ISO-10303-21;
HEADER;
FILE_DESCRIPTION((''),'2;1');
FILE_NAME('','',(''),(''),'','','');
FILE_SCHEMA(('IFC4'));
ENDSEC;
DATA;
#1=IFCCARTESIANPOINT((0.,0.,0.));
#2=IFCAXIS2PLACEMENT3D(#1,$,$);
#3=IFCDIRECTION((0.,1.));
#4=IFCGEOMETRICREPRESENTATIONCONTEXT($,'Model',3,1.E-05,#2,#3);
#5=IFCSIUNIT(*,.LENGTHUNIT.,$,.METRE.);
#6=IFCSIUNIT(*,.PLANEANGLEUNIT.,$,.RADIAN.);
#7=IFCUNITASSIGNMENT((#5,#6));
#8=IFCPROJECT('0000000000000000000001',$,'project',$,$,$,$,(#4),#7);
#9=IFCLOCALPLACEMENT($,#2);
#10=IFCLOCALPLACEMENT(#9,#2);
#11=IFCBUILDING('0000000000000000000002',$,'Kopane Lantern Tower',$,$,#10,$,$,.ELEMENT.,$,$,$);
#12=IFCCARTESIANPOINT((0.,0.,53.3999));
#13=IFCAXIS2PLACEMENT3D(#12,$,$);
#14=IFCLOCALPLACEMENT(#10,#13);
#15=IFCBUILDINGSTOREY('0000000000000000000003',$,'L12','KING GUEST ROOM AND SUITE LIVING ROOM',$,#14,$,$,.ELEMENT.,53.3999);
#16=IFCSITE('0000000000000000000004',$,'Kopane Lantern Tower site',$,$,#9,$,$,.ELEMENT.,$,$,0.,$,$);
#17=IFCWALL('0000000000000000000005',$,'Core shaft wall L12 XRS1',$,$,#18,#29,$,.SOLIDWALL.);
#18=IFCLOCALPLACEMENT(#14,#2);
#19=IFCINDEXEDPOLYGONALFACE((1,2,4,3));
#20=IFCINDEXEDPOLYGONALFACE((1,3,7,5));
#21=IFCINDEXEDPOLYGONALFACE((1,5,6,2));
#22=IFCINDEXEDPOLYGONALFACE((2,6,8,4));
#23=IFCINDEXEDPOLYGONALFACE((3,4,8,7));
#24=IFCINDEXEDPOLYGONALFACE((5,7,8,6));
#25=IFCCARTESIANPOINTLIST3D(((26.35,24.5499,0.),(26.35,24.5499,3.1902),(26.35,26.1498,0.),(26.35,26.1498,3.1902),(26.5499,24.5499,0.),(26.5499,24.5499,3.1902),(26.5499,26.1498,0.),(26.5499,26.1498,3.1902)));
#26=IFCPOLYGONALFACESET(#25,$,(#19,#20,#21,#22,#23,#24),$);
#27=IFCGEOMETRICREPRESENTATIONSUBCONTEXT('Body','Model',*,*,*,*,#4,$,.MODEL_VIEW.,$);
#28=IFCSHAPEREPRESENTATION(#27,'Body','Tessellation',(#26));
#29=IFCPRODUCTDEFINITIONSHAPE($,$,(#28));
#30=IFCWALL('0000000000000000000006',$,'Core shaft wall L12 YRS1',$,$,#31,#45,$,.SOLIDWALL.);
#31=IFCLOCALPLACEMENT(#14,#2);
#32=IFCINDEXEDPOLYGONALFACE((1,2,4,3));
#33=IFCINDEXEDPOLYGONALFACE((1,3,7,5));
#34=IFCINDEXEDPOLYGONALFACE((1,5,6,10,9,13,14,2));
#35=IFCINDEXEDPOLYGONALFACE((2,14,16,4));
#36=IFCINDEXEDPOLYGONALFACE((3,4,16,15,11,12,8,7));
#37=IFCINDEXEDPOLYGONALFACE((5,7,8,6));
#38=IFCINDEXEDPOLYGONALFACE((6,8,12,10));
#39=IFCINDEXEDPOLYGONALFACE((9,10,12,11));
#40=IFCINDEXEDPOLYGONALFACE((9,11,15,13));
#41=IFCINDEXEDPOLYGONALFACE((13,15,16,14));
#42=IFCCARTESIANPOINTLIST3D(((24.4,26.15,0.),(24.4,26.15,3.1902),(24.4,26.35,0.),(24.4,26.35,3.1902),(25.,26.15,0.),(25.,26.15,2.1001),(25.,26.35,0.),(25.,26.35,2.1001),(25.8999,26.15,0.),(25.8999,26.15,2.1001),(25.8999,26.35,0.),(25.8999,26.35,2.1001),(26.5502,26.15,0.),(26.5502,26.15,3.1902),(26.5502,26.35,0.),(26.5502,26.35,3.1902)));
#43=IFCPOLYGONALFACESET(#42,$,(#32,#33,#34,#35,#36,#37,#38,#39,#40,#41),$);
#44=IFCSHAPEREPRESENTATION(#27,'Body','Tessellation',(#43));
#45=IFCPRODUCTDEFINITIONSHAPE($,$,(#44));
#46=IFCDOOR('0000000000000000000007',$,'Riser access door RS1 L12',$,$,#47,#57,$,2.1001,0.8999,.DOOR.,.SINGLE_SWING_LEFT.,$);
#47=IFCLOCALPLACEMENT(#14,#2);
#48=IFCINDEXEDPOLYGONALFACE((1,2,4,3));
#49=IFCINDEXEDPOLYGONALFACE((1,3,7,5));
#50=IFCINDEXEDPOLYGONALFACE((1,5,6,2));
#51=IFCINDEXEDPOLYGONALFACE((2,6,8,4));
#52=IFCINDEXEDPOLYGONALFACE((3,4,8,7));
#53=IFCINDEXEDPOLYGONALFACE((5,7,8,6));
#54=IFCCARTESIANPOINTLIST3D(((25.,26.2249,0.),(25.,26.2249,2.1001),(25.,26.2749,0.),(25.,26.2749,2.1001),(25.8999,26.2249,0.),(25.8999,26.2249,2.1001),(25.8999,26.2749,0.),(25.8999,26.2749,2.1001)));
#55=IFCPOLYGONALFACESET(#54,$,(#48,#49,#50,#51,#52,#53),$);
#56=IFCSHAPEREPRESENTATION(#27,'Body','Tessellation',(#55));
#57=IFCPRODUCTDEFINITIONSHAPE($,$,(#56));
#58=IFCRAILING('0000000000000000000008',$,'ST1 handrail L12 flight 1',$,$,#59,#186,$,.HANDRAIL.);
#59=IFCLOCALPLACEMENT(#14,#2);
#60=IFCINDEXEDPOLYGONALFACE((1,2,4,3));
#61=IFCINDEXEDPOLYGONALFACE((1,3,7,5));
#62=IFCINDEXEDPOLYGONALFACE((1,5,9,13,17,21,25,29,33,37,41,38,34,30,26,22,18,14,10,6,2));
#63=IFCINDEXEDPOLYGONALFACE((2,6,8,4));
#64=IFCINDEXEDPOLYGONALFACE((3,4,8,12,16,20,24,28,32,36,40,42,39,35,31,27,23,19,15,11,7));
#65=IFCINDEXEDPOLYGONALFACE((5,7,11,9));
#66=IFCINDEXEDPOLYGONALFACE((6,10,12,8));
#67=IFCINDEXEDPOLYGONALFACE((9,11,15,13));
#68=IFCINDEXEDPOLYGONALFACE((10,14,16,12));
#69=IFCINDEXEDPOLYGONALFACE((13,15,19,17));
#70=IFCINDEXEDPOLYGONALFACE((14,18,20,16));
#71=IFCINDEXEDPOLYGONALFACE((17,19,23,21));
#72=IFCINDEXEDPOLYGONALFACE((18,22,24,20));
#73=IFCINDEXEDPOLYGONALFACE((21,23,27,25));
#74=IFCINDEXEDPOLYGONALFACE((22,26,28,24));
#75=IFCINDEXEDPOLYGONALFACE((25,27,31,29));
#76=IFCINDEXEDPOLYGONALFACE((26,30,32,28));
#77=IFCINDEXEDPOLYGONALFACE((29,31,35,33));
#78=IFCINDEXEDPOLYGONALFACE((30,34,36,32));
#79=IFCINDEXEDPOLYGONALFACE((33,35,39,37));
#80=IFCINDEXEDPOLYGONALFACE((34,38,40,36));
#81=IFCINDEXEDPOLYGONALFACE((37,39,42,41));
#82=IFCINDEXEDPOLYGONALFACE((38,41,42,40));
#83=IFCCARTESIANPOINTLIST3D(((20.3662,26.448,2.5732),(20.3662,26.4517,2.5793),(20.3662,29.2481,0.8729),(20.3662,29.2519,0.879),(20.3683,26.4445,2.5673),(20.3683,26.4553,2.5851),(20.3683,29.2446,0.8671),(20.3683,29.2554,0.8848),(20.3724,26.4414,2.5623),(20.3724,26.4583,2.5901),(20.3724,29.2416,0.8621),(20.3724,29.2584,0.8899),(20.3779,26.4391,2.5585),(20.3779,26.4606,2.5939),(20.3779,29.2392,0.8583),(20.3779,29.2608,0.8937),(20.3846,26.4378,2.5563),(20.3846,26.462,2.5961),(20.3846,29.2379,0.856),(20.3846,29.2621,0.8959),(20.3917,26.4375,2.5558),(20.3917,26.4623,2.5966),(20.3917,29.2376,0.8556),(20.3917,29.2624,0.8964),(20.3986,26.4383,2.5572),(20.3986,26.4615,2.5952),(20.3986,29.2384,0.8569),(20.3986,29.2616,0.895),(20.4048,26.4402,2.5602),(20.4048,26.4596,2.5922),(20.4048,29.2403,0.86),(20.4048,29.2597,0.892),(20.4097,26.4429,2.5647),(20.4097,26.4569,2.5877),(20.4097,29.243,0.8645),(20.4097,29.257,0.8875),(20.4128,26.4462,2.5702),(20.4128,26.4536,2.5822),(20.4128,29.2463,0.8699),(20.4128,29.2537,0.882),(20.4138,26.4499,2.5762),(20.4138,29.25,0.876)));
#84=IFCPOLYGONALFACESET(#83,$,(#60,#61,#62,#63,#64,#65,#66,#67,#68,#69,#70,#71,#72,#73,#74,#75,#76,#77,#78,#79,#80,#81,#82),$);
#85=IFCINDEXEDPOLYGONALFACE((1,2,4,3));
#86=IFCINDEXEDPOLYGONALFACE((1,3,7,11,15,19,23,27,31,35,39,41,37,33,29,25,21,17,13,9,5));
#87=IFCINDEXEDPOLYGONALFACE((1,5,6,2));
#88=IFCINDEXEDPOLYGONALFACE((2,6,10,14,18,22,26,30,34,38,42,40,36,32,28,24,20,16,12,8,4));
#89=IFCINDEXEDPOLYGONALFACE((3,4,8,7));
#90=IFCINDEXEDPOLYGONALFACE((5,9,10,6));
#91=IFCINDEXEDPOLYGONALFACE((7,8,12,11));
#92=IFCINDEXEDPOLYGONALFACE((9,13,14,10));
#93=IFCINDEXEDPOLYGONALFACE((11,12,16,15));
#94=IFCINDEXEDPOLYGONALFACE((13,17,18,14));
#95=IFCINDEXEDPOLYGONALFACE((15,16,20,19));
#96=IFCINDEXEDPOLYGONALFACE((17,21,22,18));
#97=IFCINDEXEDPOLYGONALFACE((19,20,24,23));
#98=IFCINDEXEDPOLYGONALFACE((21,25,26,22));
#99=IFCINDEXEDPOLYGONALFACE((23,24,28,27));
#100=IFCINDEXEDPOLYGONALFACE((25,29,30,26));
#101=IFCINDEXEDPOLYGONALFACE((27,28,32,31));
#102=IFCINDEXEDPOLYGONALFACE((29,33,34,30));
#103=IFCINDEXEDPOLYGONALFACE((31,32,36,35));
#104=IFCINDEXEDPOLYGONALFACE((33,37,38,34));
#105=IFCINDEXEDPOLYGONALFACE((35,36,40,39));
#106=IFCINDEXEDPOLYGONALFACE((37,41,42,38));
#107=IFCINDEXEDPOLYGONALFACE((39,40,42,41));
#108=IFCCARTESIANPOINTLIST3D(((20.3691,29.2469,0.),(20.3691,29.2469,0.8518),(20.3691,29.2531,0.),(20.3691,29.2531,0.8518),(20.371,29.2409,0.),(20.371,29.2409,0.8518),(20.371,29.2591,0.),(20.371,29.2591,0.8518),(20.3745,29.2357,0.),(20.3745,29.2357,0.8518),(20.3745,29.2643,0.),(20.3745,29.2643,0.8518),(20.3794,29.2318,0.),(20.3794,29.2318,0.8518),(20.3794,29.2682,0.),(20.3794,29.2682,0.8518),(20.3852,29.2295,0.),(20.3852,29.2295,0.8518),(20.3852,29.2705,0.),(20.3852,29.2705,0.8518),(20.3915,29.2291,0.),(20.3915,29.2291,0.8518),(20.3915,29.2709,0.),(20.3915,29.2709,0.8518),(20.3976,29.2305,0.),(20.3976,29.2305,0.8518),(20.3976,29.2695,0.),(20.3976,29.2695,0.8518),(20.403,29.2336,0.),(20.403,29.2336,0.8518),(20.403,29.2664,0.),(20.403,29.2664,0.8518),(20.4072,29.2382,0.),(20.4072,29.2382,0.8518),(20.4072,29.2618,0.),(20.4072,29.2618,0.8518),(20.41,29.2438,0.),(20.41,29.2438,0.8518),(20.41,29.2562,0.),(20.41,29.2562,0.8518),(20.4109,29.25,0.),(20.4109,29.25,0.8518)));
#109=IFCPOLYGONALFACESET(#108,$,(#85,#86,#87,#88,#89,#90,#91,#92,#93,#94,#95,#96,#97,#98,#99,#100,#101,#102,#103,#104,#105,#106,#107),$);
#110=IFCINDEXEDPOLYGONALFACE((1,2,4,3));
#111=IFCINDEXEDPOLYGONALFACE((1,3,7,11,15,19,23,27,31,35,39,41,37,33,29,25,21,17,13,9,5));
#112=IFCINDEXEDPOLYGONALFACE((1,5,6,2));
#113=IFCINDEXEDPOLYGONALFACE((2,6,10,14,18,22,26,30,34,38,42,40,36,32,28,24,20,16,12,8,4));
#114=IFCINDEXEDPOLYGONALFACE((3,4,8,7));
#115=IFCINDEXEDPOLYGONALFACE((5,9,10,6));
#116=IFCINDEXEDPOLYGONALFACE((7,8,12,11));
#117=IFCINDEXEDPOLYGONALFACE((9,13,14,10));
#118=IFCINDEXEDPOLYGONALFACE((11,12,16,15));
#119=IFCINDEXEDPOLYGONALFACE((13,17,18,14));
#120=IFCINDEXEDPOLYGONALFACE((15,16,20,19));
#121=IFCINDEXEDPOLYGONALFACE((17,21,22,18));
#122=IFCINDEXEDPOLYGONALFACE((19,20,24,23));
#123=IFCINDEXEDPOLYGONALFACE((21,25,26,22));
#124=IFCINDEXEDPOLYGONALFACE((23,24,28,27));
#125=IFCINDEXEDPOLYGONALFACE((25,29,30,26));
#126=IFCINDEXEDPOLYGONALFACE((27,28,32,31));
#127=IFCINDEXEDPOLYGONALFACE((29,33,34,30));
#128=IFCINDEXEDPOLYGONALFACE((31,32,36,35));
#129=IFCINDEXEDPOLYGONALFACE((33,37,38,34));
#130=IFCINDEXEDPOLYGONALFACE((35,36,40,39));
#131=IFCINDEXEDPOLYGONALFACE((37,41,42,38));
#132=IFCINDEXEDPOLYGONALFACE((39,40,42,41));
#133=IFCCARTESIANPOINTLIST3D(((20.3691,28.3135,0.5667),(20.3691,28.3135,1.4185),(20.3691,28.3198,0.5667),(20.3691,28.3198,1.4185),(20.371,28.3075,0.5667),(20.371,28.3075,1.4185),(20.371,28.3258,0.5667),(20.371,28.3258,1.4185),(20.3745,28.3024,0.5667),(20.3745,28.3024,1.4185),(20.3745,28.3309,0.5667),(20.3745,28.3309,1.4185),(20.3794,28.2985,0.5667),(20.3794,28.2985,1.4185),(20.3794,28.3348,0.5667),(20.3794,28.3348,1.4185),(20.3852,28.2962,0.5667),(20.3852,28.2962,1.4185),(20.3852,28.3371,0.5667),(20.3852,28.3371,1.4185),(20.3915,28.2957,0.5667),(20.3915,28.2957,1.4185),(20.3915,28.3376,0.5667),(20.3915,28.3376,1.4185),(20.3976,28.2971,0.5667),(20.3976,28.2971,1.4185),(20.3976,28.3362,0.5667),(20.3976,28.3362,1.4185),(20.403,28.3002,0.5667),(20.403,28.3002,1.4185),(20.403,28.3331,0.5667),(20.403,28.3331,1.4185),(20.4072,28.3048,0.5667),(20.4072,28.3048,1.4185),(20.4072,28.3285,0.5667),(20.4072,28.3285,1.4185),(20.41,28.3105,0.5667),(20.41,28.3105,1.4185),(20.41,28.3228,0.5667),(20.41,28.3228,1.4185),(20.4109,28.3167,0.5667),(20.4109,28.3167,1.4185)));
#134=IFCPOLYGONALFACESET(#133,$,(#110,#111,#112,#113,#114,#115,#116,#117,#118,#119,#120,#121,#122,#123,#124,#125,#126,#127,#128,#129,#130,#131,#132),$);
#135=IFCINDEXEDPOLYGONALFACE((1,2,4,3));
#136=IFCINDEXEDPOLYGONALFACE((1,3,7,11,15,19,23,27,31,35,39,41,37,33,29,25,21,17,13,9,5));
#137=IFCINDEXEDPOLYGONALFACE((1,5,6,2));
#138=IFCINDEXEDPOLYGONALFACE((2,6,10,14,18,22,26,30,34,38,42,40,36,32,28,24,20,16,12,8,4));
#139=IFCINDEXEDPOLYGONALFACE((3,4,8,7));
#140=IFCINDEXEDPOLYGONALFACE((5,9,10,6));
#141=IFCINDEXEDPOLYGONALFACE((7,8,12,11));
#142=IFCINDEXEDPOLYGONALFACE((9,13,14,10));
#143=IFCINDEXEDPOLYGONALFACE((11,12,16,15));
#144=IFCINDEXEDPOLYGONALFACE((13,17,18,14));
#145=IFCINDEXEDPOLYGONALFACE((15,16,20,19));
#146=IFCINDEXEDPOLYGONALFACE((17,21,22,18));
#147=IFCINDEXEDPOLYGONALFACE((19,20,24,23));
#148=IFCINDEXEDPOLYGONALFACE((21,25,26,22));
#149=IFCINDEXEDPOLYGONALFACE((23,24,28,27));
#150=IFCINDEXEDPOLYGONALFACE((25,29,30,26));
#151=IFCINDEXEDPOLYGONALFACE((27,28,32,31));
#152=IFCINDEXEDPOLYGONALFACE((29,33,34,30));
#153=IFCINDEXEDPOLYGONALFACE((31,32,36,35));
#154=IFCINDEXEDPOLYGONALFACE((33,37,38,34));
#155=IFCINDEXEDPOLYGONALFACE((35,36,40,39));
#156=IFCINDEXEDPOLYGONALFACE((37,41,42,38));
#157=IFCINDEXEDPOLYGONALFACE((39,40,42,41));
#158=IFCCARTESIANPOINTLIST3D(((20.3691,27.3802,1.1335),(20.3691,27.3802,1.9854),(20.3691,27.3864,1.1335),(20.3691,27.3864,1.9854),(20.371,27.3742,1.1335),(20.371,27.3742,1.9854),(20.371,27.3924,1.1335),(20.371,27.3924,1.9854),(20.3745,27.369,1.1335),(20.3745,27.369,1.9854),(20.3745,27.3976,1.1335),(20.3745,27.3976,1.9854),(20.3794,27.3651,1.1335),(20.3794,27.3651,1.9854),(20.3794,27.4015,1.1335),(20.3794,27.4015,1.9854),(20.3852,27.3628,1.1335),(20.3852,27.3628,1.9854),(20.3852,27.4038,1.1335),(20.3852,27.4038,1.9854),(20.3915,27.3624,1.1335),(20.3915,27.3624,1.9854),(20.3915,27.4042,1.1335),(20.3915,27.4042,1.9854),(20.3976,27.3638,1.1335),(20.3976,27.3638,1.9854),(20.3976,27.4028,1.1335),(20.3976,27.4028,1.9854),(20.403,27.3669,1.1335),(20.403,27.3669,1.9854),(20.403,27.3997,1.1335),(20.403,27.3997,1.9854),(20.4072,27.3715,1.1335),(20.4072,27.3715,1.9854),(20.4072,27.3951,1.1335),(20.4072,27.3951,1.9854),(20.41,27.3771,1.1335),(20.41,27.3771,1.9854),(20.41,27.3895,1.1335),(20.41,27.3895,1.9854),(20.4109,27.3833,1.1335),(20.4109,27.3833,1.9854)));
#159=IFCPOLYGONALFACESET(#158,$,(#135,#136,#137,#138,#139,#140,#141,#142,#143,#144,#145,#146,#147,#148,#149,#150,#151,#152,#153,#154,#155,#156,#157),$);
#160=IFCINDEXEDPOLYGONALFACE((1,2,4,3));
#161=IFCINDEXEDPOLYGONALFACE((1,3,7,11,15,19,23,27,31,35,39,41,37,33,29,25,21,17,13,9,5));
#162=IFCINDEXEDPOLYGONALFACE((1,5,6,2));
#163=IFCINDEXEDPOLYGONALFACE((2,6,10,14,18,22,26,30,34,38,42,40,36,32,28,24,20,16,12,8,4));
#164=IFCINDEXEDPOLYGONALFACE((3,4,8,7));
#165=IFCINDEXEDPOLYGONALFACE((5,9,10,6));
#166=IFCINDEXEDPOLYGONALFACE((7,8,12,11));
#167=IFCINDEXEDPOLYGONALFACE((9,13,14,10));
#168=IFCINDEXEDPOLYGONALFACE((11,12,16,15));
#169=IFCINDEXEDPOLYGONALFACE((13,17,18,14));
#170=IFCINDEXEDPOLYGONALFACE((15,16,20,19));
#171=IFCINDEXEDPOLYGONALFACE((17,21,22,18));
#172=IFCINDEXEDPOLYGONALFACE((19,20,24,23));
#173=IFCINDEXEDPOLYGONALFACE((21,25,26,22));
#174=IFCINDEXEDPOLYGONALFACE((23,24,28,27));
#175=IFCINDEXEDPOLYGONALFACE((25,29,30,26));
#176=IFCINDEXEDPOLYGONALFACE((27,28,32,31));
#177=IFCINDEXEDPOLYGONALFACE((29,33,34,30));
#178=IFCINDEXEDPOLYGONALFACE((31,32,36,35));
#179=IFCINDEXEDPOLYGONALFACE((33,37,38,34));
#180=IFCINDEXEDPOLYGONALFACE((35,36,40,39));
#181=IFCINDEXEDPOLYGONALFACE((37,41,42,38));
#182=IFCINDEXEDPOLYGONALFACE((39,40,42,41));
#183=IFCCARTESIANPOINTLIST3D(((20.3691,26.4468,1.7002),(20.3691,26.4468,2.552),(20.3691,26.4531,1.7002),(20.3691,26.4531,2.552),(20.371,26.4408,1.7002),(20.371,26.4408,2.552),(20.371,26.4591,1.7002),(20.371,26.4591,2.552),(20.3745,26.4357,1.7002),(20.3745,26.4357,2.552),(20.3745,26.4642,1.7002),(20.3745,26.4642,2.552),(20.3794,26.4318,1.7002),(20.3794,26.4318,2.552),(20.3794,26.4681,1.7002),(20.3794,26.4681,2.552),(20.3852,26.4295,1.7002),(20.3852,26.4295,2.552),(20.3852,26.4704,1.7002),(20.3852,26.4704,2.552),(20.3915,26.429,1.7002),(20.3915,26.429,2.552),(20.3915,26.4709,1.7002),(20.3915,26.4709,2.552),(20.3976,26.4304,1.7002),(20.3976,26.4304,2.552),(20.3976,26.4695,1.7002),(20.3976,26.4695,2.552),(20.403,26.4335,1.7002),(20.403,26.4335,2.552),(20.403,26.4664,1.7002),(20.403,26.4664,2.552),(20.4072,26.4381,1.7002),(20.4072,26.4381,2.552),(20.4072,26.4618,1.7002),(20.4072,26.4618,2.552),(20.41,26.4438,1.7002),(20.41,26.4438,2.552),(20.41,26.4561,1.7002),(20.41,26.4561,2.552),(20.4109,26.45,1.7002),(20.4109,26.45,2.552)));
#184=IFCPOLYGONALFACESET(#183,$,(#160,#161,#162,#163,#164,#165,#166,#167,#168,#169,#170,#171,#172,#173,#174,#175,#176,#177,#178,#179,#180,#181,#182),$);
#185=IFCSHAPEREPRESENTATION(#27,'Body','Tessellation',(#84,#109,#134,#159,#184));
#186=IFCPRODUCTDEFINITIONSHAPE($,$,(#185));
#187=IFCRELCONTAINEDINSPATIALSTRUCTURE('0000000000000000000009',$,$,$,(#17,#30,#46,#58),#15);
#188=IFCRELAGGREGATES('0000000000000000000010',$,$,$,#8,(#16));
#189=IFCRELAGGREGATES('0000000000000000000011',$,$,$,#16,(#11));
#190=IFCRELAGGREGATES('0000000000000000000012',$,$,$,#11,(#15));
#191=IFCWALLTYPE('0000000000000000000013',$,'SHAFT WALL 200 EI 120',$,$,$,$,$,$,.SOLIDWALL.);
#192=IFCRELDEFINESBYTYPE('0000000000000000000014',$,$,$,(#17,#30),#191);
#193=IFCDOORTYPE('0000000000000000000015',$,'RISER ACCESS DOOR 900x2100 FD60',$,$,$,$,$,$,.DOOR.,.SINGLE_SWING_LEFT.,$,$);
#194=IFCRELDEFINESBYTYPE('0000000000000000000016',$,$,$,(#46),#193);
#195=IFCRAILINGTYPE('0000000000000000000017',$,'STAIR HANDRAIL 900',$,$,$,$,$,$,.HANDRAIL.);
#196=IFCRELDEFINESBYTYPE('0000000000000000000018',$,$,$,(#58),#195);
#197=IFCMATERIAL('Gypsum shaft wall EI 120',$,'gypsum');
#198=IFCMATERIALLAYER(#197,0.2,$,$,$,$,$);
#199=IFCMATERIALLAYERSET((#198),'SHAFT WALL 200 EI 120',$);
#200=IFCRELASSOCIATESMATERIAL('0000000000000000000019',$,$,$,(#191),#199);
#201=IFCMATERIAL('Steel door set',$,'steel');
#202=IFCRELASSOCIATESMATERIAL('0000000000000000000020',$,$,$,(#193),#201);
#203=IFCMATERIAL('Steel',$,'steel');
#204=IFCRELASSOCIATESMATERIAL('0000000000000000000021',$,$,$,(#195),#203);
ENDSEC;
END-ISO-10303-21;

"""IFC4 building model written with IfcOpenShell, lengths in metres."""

from ifc_helpers import new_model, si_unit, direction, frame, frame_2d, origin, origin_2d, place, context, subcontext, project, spatial, rectangle, circle, extrude, material, layer, layer_set, type_object, element, fill, save


model = new_model("IFC4")

# Units and contexts
model_context = context("Model", 3, precision=1e-05, world=origin(), true_north=direction((0.0, 1.0)))
body_context = subcontext(model_context, "Body", "Model", "MODEL_VIEW")
ifc_project = project(units=[si_unit("LENGTHUNIT", "METRE"), si_unit("PLANEANGLEUNIT", "RADIAN")], contexts=[model_context])

# Site, building, storey
site_placement = place(None, origin())
site = spatial("IfcSite", under=ifc_project, at=site_placement, Name="Kopane Lantern Tower site", CompositionType="ELEMENT", RefElevation=0.0)
building_placement = place(site_placement, origin())
building = spatial("IfcBuilding", under=site, at=building_placement, Name="Kopane Lantern Tower", CompositionType="ELEMENT")
storey_placement = place(building_placement, frame((0.0, 0.0, 53.3999)))
storey = spatial("IfcBuildingStorey", under=building, at=storey_placement, Name="L12", Description="KING GUEST ROOM AND SUITE LIVING ROOM", CompositionType="ELEMENT", Elevation=53.3999)

# Shared definitions
ifc_material_1 = material(Name="Gypsum shaft wall EI 120", Category="gypsum")
ifc_layer_1 = layer(ifc_material_1, 0.2)
ifc_layer_set_1 = layer_set([ifc_layer_1], Name="SHAFT WALL 200 EI 120")
wall_type_1 = type_object("IfcWallType", Name="SHAFT WALL 200 EI 120", PredefinedType="SOLIDWALL", material=ifc_layer_set_1)

# Wall
wall_1_placement = place(storey_placement, frame((26.45, 24.55, 0.0), z_axis=(0.0, 0.0, 1.0), x_axis=(0.0, 1.0, 0.0)))
element("IfcWall", 1, at=wall_1_placement, inside=storey, type_object=wall_type_1, Name="Core shaft wall L12 XRS1", PredefinedType="SOLIDWALL", context=body_context, shape_type="SweptSolid", body=[
    extrude(rectangle(XDim=1.5999, YDim=0.2, at=frame_2d((0.7998, 0.0))), origin(), (0.0, 0.0, 1.0), 3.1902),
])

# Wall, opening, door
wall_2_placement = place(storey_placement, frame((24.3999, 26.25, 0.0), z_axis=(0.0, 0.0, 1.0), x_axis=(1.0, 0.0, 0.0)))
wall_2 = element("IfcWall", 2, at=wall_2_placement, inside=storey, type_object=wall_type_1, Name="Core shaft wall L12 YRS1", PredefinedType="SOLIDWALL", context=body_context, shape_type="SweptSolid", body=[
    extrude(rectangle(XDim=2.1501, YDim=0.2, at=frame_2d((1.0752, 0.0))), origin(), (0.0, 0.0, 1.0), 3.1902),
])
opening_1_placement = place(wall_2_placement, frame((0.6001, 0.0, 0.0)))
opening_1 = element("IfcOpeningElement", 3, at=opening_1_placement, cuts=wall_2, PredefinedType="OPENING", context=body_context, shape_type="SweptSolid", body=[
    extrude(rectangle(XDim=0.8999, YDim=2.1001, at=frame_2d((0.45, 1.05))), frame((0.0, 0.1099, 0.0), z_axis=(0.0, -1.0, 0.0), x_axis=(1.0, 0.0, 0.0)), (0.0, 0.0, 1.0), 0.22),
])
ifc_material_2 = material(Name="Steel door set", Category="steel")
door_type_1 = type_object("IfcDoorType", Name="RISER ACCESS DOOR 900x2100 FD60", OperationType="SINGLE_SWING_LEFT", PredefinedType="DOOR", material=ifc_material_2)
door_1_placement = place(opening_1_placement, origin())
door_1 = element("IfcDoor", 4, at=door_1_placement, inside=storey, type_object=door_type_1, Name="Riser access door RS1 L12", OperationType="SINGLE_SWING_LEFT", OverallHeight=2.1001, OverallWidth=0.8999, PredefinedType="DOOR", context=body_context, shape_type="SweptSolid", body=[
    extrude(rectangle(XDim=0.8999, YDim=2.1001, at=frame_2d((0.45, 1.05))), frame((0.0, 0.0249, 0.0), z_axis=(0.0, -1.0, 0.0), x_axis=(1.0, 0.0, 0.0)), (0.0, 0.0, 1.0), 0.05),
])
fill(opening_1, door_1)

# Railing
ifc_material_3 = material(Name="Steel", Category="steel")
railing_type_1 = type_object("IfcRailingType", Name="STAIR HANDRAIL 900", PredefinedType="HANDRAIL", material=ifc_material_3)
for number, where, name in (
    (5, (20.3899, 29.25, 0.0), "ST1 handrail L12 flight 1"),
):
    element("IfcRailing", number, at=place(storey_placement, frame(where)), inside=storey, type_object=railing_type_1, Name=name, PredefinedType="HANDRAIL", context=body_context, shape_type="SweptSolid", body=[
        extrude(circle(Radius=0.0239, at=origin_2d()), frame((0.0, 0.0, 0.876), z_axis=(0.0, -0.854765, 0.519015), x_axis=(1.0, 0.0, 0.0)), (0.0, 0.0, 1.0), 3.2759),
        extrude(circle(Radius=0.021, at=origin_2d()), origin(), (0.0, 0.0, 1.0), 0.8518),
        extrude(circle(Radius=0.021, at=origin_2d()), frame((0.0, -0.9333, 0.5667)), (0.0, 0.0, 1.0), 0.8518),
        extrude(circle(Radius=0.021, at=origin_2d()), frame((0.0, -1.8667, 1.1335)), (0.0, 0.0, 1.0), 0.8518),
        extrude(circle(Radius=0.021, at=origin_2d()), frame((0.0, -2.8, 1.7002)), (0.0, 0.0, 1.0), 0.8518),
    ])

save(model, "model.ifc")
